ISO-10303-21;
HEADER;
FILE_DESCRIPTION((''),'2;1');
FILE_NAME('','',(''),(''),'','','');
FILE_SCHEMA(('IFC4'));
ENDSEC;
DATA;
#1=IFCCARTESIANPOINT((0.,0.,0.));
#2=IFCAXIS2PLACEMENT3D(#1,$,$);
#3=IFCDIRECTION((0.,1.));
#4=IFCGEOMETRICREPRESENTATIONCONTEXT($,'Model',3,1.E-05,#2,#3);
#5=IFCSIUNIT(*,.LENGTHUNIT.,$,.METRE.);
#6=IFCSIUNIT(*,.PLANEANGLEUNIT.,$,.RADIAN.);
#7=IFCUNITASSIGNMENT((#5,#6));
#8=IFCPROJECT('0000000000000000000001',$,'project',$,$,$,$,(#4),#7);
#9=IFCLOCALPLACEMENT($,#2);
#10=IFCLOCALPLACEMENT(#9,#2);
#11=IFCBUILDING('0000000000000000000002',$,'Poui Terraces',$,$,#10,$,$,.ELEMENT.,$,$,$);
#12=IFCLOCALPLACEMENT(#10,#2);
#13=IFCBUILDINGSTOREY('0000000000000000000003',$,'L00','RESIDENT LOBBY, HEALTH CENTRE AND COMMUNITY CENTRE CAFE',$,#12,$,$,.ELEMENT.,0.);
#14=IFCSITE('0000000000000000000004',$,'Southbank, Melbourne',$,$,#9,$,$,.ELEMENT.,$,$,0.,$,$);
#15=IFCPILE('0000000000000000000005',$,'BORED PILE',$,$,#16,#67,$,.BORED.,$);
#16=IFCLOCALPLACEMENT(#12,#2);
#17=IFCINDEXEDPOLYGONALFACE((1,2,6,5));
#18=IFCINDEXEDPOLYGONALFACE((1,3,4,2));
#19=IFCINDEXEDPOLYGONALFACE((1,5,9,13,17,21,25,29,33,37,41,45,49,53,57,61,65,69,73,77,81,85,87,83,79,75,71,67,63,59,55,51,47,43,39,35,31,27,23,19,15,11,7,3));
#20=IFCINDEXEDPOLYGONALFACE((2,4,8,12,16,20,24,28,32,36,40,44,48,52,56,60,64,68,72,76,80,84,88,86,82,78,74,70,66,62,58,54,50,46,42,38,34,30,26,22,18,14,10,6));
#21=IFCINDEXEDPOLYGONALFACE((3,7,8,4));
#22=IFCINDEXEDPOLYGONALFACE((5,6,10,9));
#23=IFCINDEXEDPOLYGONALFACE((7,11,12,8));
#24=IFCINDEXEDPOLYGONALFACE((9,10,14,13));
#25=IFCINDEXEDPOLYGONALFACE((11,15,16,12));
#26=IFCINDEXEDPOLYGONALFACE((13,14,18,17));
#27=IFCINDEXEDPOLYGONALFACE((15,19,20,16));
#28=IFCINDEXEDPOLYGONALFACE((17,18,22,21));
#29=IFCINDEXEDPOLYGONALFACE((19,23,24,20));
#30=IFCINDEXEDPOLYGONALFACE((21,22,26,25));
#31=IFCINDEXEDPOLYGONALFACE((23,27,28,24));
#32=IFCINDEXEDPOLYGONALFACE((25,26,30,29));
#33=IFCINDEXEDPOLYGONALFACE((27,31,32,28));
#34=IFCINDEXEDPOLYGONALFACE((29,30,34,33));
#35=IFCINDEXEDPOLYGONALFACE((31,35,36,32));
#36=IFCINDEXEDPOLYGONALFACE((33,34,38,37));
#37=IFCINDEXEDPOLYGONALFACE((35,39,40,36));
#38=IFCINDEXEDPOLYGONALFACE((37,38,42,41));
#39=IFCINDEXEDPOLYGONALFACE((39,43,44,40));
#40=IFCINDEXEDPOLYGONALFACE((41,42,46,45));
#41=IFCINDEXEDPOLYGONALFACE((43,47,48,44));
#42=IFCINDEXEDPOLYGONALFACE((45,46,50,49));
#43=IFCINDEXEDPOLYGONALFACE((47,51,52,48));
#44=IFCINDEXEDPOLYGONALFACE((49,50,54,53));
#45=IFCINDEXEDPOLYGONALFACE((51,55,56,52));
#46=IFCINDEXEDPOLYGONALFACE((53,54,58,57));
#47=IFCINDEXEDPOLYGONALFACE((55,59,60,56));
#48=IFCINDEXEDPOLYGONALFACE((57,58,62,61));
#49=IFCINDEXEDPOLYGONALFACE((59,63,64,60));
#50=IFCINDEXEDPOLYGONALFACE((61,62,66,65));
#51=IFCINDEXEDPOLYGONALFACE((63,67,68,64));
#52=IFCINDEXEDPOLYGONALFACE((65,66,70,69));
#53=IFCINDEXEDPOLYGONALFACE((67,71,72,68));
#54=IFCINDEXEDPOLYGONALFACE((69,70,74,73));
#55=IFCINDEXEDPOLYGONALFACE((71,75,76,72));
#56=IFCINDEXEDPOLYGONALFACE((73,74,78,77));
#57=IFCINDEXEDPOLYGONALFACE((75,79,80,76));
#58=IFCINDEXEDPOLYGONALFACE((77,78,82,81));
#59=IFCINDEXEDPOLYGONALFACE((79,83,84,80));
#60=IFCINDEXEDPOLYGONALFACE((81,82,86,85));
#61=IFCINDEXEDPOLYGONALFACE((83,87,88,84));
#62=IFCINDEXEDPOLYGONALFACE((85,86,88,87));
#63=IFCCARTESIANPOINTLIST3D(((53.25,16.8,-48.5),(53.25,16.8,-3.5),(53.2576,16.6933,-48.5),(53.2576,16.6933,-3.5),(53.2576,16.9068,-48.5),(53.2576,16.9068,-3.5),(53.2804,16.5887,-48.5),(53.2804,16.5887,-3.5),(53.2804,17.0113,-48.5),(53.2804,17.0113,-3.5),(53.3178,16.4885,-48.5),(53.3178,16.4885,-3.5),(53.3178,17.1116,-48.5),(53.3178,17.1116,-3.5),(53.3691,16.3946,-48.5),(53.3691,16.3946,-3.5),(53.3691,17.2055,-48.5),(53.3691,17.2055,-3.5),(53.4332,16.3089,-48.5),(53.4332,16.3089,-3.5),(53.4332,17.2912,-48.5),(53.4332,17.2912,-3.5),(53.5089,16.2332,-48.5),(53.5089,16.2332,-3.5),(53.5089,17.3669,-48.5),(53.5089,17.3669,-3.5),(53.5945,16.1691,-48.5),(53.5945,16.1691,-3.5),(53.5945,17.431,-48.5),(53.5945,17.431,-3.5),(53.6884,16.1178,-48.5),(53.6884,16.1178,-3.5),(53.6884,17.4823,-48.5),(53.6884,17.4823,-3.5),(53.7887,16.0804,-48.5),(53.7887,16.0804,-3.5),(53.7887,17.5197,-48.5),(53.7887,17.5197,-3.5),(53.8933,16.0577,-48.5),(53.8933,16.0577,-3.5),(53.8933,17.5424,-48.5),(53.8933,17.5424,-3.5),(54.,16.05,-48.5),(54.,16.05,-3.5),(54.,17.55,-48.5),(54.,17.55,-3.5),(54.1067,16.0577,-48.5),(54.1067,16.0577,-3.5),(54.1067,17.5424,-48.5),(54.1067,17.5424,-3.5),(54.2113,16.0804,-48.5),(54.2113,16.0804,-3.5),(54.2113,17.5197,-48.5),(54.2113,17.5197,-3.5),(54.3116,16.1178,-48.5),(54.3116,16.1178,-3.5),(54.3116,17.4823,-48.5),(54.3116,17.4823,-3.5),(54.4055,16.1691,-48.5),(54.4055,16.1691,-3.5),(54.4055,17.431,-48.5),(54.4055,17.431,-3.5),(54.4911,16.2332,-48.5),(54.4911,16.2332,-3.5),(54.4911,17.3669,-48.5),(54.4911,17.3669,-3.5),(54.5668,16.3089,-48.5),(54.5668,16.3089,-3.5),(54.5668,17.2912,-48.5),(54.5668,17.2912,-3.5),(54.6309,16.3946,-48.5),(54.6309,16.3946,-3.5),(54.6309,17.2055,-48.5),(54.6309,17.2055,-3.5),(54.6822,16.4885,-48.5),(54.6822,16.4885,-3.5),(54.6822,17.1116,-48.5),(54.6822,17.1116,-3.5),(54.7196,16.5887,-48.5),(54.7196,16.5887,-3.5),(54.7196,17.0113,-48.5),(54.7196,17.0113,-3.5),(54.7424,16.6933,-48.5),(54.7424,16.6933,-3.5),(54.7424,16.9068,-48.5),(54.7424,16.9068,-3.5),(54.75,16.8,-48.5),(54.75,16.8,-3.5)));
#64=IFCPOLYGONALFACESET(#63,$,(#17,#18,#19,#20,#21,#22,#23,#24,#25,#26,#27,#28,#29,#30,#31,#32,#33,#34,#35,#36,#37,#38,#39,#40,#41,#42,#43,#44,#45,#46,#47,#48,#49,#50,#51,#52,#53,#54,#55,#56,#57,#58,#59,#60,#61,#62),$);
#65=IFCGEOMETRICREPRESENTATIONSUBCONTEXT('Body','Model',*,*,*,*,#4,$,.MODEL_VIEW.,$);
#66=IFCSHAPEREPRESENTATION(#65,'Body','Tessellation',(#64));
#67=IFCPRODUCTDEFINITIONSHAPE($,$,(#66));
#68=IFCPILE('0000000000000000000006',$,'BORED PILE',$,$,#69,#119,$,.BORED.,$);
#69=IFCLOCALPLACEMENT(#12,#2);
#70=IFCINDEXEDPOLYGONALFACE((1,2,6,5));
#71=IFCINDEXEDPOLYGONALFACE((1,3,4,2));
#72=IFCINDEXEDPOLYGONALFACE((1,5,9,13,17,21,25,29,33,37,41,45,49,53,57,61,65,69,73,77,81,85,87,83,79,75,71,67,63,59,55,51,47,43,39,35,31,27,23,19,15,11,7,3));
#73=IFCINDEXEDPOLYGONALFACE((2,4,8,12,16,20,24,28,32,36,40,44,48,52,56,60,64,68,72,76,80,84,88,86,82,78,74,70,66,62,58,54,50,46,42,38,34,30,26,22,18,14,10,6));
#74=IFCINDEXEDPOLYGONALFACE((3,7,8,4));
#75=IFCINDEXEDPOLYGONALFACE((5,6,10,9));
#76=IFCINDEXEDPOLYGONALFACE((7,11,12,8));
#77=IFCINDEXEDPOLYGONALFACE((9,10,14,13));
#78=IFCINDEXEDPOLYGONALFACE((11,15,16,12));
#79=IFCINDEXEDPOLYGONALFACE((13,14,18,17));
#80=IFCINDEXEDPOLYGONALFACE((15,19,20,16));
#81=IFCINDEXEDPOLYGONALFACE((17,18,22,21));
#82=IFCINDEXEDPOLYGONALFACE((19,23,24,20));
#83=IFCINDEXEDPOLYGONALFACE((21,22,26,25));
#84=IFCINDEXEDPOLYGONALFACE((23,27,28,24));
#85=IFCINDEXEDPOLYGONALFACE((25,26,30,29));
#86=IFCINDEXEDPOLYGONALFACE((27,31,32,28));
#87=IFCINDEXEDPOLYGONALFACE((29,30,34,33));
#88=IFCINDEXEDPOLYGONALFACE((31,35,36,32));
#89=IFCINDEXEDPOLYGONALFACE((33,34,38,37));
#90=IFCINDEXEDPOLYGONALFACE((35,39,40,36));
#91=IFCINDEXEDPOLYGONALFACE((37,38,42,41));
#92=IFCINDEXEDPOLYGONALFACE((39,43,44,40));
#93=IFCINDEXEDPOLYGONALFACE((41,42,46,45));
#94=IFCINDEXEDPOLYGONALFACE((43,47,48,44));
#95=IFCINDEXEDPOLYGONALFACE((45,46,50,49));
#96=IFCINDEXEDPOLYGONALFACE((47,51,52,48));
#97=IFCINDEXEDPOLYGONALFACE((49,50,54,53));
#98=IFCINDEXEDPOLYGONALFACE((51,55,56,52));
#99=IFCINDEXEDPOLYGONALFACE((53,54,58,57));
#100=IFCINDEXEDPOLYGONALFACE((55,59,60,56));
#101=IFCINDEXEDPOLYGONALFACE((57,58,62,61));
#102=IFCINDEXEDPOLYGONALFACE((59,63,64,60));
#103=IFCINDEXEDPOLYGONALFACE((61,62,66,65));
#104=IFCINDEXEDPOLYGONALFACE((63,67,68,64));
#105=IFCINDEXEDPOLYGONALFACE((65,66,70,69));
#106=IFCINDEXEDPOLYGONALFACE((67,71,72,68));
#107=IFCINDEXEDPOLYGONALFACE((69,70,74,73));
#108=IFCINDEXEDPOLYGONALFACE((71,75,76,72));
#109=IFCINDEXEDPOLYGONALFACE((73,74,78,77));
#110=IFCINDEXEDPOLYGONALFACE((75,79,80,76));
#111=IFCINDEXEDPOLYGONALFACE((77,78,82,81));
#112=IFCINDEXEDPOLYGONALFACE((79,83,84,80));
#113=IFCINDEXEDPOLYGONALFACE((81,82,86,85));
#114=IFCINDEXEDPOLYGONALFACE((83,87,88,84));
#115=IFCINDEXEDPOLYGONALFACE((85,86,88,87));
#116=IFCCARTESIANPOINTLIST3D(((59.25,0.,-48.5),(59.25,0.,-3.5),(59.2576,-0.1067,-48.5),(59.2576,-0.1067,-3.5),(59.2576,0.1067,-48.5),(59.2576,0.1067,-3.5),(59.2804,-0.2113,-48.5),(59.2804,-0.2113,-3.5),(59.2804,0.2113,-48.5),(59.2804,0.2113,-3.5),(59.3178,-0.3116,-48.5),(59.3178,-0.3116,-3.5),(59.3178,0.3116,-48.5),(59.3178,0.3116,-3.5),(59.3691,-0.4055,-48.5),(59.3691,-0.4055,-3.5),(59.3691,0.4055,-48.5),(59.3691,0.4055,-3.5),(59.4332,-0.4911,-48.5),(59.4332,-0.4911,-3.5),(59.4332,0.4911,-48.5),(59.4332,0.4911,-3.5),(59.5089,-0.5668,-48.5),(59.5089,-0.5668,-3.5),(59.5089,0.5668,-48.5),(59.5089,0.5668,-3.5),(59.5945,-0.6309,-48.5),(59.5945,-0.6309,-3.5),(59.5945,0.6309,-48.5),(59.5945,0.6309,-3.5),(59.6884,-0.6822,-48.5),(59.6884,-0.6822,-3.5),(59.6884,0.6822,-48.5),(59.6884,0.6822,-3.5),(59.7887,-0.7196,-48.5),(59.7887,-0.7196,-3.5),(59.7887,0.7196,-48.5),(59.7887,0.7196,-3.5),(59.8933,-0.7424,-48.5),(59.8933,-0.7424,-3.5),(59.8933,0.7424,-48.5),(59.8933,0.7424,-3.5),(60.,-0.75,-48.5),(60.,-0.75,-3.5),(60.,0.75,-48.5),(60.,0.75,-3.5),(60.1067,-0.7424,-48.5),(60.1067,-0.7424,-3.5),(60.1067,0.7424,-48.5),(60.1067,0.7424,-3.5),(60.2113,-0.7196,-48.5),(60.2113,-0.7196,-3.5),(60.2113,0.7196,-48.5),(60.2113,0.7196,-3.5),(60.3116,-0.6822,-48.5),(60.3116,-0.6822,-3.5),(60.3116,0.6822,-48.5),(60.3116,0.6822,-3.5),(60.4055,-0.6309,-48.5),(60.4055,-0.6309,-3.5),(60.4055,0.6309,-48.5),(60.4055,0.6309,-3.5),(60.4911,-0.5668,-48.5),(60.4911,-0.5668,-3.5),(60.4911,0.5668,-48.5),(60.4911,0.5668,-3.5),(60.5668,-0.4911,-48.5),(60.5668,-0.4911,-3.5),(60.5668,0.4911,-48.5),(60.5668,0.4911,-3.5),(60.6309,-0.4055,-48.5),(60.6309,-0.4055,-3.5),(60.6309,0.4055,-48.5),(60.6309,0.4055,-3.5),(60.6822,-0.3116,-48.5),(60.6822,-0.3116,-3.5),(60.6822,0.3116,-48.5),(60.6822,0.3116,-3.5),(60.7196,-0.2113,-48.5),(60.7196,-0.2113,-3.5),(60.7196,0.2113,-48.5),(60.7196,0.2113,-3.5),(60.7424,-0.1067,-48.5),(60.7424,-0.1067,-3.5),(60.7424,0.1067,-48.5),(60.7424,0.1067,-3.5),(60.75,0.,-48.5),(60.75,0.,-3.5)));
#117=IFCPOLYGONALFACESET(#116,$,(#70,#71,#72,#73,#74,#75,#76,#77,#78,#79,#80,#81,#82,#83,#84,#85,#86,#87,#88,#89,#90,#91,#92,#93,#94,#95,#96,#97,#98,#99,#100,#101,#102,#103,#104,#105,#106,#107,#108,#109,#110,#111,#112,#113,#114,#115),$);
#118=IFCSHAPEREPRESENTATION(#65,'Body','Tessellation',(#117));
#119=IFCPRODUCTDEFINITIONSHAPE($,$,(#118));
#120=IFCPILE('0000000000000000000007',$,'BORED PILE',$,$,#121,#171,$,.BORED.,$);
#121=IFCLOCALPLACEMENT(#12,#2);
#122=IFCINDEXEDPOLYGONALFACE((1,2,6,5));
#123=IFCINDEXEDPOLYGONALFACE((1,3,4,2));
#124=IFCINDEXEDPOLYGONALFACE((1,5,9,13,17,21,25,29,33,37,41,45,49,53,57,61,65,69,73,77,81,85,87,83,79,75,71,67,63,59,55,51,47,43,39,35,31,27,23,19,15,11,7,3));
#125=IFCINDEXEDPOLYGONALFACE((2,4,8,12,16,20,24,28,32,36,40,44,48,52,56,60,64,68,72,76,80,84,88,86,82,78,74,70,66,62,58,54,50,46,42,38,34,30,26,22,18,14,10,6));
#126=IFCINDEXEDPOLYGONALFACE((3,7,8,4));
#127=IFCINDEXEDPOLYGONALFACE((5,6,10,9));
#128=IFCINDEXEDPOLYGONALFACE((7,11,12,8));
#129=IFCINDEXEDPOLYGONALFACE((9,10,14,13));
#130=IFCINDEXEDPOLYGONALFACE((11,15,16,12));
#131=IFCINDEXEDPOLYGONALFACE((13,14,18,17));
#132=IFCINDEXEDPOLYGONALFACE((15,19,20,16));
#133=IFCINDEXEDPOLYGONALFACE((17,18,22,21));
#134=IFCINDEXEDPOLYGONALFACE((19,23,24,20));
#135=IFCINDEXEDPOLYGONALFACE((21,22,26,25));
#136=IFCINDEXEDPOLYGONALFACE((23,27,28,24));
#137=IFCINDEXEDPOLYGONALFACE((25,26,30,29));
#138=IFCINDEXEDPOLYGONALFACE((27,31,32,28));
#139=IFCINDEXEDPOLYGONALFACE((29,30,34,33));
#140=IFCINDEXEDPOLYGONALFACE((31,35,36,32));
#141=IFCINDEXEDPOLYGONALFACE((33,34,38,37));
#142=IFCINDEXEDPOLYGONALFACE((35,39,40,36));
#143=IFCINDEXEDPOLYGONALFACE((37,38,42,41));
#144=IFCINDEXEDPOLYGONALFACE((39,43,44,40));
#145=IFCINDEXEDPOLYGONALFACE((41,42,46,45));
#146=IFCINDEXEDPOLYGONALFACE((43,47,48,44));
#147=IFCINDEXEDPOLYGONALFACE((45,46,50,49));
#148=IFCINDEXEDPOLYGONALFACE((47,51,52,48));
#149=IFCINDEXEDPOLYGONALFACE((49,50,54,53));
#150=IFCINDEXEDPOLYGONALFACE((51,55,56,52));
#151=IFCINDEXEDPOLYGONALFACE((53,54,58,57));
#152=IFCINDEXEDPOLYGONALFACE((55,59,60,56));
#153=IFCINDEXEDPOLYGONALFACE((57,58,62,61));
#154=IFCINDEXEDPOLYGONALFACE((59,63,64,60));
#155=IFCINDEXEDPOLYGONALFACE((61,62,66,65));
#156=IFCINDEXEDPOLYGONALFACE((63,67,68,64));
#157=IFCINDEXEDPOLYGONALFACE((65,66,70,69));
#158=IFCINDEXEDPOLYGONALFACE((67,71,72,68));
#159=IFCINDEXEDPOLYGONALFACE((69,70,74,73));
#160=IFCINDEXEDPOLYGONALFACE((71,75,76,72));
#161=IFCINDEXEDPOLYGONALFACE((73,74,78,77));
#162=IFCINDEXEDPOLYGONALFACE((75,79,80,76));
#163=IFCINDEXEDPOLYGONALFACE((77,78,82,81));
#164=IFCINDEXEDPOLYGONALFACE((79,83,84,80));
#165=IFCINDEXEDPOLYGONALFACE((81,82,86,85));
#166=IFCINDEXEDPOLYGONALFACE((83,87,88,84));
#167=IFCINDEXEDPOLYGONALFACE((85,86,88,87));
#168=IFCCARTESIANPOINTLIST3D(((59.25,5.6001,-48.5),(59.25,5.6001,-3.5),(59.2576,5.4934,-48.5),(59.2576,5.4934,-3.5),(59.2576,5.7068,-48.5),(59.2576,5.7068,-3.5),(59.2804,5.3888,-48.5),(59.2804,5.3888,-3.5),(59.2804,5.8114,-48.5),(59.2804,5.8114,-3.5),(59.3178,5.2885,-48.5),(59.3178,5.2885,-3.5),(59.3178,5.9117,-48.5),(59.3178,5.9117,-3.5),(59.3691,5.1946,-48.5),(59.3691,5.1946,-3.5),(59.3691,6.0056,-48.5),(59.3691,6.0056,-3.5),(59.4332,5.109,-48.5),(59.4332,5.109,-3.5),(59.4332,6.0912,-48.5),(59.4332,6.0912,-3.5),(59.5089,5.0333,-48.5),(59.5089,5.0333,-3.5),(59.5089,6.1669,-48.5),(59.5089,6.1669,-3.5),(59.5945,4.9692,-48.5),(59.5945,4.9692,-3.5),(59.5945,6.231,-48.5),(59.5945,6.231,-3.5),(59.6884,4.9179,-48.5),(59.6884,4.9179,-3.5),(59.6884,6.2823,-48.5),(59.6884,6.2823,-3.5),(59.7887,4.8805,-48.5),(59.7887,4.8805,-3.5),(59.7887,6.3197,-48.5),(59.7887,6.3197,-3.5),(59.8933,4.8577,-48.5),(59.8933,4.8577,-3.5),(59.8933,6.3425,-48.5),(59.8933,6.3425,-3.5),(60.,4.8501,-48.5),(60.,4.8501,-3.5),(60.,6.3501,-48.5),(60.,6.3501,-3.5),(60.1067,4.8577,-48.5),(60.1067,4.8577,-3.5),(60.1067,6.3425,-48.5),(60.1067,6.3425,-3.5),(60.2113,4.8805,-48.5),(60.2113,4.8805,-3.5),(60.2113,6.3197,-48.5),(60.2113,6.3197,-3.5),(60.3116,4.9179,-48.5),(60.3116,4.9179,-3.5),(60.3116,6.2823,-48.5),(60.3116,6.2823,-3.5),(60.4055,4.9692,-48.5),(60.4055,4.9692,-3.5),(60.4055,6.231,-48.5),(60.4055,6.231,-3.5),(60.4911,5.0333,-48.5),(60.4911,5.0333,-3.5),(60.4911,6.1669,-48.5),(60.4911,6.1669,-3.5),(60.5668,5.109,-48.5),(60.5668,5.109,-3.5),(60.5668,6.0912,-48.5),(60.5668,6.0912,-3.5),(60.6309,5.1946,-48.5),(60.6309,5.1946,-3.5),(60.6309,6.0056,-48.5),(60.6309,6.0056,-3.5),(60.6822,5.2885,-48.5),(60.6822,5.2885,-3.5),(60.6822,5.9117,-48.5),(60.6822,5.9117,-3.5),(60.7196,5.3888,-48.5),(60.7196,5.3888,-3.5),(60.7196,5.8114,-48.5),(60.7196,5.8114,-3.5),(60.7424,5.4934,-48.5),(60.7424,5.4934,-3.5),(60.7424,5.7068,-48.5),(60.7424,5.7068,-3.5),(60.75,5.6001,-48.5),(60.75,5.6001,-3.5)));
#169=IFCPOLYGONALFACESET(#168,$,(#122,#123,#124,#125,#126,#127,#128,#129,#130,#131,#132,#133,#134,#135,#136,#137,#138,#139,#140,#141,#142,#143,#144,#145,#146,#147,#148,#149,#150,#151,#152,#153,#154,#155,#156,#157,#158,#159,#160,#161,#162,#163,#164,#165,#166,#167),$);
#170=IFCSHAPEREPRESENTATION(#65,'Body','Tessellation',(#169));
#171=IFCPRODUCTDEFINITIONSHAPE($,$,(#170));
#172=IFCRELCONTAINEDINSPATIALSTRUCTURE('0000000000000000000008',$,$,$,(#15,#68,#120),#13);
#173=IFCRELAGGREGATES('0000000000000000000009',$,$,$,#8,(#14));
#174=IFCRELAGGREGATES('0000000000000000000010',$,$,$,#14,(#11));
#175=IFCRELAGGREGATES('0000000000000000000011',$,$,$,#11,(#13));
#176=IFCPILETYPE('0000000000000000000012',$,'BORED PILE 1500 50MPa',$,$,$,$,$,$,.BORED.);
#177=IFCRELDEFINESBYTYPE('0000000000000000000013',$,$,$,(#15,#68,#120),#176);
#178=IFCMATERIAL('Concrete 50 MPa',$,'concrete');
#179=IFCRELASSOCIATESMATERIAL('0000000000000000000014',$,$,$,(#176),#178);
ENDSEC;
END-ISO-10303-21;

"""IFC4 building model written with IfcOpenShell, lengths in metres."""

from ifc_helpers import new_model, si_unit, direction, frame, origin, origin_2d, place, context, subcontext, project, spatial, circle, extrude, material, material_profile, profile_set, type_object, element, save


model = new_model("IFC4")

# Units and contexts
model_context = context("Model", 3, precision=1e-05, world=origin(), true_north=direction((0.0, 1.0)))
body_context = subcontext(model_context, "Body", "Model", "MODEL_VIEW")
ifc_project = project(units=[si_unit("LENGTHUNIT", "METRE"), si_unit("PLANEANGLEUNIT", "RADIAN")], contexts=[model_context])

# Site, building, storey
site_placement = place(None, origin())
site = spatial("IfcSite", under=ifc_project, at=site_placement, Name="Southbank, Melbourne", CompositionType="ELEMENT", RefElevation=0.0)
building_placement = place(site_placement, origin())
building = spatial("IfcBuilding", under=site, at=building_placement, Name="Poui Terraces", CompositionType="ELEMENT")
storey_placement = place(building_placement, origin())
storey = spatial("IfcBuildingStorey", under=building, at=storey_placement, Name="L00", Description="RESIDENT LOBBY, HEALTH CENTRE AND COMMUNITY CENTRE CAFE", CompositionType="ELEMENT", Elevation=0.0)

# Piles
ifc_material_1 = material(Name="Concrete 50 MPa", Category="concrete")
ifc_material_profile_1 = material_profile(ifc_material_1, circle(Radius=0.75, at=origin_2d()), Name="RC D1500")
ifc_profile_set_1 = profile_set([ifc_material_profile_1], Name="Concrete 50 MPa")
pile_type = type_object("IfcPileType", Name="BORED PILE 1500 50MPa", PredefinedType="BORED", material=ifc_profile_set_1)
for number, where, z_axis, x_axis, name in (
    (1, (54.0, 16.8, -3.5), (0.0, 0.0, -1.0), (1.0, 0.0, 0.0), "BORED PILE"),
    (2, (60.0, 0.0, -3.5), (0.0, 0.0, -1.0), (1.0, 0.0, 0.0), "BORED PILE"),
    (3, (60.0, 5.6001, -3.5), (0.0, 0.0, -1.0), (1.0, 0.0, 0.0), "BORED PILE"),
):
    element("IfcPile", number, at=place(storey_placement, frame(where, z_axis=z_axis, x_axis=x_axis)), inside=storey, type_object=pile_type, Name=name, PredefinedType="BORED", context=body_context, shape_type="SweptSolid", body=[
        extrude(circle(Radius=0.75, at=origin_2d()), origin(), (0.0, 0.0, 1.0), 45.0),
    ])

save(model, "model.ifc")
